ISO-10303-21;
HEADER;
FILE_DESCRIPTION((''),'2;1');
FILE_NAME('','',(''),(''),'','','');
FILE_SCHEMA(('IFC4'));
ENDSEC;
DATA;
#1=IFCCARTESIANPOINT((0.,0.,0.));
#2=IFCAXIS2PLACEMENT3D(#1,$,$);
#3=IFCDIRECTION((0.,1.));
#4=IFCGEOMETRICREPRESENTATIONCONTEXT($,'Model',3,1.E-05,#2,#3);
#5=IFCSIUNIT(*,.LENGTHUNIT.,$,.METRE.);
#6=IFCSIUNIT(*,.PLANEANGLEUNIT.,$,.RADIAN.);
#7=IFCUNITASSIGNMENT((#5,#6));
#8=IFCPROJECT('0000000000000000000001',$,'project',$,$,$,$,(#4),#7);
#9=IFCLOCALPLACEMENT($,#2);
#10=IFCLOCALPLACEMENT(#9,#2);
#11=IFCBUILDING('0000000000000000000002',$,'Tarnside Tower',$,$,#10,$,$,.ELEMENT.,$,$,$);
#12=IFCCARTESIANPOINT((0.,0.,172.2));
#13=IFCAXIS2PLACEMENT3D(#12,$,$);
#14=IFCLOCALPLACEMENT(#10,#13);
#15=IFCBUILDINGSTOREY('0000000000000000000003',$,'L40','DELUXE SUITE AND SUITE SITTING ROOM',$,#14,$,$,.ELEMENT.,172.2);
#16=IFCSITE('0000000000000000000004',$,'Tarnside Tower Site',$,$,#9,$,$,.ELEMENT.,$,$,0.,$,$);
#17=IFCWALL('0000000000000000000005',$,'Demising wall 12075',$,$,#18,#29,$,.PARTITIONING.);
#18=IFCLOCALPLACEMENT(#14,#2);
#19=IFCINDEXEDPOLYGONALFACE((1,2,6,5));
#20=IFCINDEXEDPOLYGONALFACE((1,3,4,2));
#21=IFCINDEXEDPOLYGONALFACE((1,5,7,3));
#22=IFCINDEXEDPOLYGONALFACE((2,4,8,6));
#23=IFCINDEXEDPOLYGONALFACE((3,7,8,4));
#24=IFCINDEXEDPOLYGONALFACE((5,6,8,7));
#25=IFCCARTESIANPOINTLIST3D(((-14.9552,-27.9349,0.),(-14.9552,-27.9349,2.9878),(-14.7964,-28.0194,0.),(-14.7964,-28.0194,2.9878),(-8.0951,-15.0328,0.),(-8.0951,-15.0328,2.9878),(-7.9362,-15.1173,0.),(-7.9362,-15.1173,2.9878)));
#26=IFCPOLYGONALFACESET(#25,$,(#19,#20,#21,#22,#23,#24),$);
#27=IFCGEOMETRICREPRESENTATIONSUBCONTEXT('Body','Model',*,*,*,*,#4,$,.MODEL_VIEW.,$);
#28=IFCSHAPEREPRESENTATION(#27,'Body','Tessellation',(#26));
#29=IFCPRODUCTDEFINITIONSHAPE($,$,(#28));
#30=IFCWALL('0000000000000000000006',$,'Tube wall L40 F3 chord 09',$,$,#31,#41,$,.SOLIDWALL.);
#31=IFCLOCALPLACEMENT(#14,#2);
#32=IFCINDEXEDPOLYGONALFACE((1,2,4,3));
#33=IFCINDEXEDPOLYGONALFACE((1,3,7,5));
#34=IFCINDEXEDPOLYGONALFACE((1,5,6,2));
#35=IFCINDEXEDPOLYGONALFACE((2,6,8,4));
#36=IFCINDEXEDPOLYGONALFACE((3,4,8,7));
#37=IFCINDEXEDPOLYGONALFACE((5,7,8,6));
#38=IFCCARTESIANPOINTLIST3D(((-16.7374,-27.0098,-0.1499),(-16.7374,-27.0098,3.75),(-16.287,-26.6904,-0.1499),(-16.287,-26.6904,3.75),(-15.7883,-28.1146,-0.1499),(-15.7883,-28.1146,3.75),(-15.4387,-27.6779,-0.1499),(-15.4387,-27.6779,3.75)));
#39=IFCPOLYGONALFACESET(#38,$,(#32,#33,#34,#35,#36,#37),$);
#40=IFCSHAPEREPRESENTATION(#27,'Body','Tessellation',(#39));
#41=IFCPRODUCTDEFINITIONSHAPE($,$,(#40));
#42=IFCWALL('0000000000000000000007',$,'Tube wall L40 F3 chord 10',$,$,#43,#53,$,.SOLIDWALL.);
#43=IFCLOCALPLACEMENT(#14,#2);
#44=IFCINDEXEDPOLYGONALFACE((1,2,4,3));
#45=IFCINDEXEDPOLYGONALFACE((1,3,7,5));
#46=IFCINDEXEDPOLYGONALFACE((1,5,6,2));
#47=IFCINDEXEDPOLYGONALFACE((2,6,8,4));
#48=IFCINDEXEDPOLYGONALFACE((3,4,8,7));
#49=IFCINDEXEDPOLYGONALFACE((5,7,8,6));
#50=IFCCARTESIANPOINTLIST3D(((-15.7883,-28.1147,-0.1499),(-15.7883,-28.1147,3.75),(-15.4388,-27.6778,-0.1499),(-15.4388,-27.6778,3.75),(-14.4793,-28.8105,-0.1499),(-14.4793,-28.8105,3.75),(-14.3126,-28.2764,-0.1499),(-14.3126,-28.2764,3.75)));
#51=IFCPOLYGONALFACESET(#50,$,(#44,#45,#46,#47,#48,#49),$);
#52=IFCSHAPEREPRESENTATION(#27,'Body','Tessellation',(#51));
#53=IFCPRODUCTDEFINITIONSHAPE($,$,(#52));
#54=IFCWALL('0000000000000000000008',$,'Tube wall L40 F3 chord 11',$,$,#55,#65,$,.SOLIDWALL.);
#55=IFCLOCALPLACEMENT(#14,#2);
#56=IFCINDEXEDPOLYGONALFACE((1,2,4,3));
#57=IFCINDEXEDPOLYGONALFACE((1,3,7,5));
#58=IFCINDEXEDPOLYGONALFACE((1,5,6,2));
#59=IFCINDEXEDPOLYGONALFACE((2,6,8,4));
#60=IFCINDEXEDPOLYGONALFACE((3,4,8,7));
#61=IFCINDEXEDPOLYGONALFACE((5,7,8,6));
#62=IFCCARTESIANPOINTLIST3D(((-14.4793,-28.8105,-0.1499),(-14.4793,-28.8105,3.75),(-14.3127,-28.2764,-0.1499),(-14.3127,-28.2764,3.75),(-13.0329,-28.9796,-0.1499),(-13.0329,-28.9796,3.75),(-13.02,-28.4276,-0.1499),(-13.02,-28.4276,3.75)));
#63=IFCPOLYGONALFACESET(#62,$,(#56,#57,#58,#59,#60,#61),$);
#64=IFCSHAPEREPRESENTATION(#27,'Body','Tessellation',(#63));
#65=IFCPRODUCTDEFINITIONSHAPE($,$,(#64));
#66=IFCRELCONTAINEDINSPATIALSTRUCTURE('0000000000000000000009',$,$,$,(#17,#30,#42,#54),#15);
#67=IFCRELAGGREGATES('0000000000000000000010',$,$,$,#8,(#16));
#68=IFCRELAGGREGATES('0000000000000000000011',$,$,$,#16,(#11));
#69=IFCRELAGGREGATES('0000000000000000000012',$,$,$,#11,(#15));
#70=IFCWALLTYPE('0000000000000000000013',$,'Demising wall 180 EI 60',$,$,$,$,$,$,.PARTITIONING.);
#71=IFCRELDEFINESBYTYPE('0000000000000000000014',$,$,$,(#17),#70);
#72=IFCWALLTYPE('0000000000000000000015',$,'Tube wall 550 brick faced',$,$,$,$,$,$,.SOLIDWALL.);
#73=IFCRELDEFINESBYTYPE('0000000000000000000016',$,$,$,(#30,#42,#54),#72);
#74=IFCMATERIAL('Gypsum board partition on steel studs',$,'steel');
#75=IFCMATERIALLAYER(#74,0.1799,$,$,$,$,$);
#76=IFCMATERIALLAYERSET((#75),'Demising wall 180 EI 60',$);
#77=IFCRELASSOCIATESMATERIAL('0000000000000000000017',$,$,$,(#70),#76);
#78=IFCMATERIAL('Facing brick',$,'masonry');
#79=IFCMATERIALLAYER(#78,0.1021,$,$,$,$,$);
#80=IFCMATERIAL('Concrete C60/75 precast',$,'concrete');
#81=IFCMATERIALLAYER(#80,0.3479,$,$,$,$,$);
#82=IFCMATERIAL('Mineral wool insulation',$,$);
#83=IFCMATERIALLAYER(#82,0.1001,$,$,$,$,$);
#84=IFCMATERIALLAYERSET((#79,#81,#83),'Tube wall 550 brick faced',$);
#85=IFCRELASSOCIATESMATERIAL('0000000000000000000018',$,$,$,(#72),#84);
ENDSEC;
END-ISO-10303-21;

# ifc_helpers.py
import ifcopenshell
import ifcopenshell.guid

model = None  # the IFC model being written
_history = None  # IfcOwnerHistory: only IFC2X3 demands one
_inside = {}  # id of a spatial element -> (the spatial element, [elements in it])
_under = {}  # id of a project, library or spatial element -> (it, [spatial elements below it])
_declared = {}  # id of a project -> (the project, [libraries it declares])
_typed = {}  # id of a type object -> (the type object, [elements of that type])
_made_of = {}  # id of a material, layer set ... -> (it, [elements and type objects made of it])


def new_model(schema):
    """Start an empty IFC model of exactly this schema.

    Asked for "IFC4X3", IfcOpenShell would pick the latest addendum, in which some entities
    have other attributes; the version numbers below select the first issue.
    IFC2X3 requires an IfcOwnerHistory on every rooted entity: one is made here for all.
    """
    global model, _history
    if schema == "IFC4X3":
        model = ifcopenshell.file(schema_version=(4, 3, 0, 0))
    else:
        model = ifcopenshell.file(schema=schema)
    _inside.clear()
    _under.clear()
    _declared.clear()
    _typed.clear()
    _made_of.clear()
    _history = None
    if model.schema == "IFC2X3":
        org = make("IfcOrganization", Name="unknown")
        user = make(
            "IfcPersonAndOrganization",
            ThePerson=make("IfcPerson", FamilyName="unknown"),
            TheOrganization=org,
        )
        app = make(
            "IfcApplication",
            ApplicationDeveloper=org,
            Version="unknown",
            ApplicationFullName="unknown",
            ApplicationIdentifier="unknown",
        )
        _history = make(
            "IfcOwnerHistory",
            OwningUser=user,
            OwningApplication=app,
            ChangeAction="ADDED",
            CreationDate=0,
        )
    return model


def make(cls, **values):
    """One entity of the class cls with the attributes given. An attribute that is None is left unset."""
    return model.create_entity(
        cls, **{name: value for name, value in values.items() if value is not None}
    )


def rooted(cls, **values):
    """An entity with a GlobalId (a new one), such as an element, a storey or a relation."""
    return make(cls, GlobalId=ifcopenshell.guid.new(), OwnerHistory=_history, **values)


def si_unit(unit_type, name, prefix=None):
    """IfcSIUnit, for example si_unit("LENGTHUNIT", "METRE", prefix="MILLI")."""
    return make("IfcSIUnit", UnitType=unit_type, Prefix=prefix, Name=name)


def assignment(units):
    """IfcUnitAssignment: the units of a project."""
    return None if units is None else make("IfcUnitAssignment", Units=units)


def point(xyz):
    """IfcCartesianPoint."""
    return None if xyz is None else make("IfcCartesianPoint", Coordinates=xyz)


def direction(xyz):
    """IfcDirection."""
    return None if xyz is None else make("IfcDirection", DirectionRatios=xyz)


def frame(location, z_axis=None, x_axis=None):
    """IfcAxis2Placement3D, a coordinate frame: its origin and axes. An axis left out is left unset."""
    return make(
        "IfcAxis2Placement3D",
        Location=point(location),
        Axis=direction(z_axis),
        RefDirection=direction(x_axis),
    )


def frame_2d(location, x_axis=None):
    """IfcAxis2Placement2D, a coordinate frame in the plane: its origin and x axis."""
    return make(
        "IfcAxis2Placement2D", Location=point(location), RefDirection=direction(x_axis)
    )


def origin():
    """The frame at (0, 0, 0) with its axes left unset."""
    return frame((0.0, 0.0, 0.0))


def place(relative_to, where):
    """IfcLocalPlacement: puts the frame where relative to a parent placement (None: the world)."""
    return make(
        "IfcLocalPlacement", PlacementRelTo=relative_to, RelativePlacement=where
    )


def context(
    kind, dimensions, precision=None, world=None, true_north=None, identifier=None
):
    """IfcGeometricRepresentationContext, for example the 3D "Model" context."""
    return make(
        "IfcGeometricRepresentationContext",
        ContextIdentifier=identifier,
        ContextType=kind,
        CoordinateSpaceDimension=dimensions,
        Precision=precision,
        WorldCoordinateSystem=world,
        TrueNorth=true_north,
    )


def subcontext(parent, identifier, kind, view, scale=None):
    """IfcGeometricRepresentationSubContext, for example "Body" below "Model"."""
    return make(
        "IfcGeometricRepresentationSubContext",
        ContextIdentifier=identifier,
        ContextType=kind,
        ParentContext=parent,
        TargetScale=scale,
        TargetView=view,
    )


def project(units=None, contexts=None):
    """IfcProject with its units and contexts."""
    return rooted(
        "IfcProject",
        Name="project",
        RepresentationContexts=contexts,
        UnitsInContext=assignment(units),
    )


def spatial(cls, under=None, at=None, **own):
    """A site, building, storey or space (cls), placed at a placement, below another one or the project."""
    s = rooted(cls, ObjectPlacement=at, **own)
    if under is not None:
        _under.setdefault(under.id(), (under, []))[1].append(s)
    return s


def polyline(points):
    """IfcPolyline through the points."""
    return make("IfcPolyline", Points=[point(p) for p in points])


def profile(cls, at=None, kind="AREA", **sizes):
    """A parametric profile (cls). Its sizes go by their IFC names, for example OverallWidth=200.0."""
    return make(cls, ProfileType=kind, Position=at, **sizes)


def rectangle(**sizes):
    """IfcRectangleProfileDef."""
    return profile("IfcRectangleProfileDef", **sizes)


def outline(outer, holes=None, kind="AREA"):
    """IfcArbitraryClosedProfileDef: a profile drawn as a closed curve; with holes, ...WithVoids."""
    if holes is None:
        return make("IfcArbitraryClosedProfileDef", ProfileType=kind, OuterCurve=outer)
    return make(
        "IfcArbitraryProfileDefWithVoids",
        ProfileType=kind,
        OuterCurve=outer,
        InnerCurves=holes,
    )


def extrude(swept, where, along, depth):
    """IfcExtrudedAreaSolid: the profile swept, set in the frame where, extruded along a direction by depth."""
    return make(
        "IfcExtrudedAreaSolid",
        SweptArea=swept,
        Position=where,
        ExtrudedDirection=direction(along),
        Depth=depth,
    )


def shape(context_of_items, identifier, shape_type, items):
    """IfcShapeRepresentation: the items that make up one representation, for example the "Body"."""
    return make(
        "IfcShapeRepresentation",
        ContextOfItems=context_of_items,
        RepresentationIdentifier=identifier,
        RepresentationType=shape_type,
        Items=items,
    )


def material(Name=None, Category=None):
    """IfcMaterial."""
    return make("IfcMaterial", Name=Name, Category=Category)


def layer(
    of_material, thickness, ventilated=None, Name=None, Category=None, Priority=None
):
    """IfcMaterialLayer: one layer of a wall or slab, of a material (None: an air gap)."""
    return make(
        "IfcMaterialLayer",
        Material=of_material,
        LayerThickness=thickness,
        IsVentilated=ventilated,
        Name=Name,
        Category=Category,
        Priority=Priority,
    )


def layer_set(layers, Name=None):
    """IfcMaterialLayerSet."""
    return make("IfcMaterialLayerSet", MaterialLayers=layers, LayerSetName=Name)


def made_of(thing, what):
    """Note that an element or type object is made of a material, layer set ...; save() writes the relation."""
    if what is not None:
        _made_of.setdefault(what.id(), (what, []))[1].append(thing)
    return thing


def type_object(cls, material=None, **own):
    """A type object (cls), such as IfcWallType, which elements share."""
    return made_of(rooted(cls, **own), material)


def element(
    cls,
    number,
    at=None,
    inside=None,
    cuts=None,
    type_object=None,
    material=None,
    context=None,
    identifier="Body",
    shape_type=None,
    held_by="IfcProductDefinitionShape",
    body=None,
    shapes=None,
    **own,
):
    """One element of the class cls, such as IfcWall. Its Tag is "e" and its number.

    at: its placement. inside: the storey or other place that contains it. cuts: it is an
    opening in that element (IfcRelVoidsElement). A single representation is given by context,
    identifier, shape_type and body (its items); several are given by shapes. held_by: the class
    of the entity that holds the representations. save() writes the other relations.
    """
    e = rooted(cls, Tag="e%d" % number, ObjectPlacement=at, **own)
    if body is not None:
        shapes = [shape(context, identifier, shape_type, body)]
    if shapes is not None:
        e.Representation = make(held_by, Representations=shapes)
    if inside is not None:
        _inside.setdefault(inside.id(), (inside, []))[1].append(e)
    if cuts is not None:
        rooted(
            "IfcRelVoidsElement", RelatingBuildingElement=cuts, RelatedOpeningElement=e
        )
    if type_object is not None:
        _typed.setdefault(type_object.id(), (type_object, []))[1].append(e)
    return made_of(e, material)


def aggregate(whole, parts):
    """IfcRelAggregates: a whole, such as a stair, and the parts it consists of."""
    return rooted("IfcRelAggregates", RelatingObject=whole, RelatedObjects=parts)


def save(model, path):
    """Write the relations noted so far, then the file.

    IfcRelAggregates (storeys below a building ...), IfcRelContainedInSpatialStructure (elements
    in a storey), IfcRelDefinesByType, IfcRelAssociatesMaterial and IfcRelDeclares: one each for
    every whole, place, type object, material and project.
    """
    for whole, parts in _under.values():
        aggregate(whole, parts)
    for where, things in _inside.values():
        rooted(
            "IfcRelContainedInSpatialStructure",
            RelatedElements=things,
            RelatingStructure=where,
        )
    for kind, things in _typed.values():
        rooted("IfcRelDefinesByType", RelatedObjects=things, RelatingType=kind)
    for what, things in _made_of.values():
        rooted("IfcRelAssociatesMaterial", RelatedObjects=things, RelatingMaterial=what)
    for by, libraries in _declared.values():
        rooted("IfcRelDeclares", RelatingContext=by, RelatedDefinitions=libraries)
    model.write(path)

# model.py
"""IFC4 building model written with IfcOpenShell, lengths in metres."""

from ifc_helpers import new_model, si_unit, direction, frame, frame_2d, origin, place, context, subcontext, project, spatial, polyline, rectangle, outline, extrude, material, layer, layer_set, type_object, element, save


model = new_model("IFC4")

# Units and contexts
model_context = context("Model", 3, precision=1e-05, world=origin(), true_north=direction((0.0, 1.0)))
body_context = subcontext(model_context, "Body", "Model", "MODEL_VIEW")
ifc_project = project(units=[si_unit("LENGTHUNIT", "METRE"), si_unit("PLANEANGLEUNIT", "RADIAN")], contexts=[model_context])

# Site, building, storey
site_placement = place(None, origin())
site = spatial("IfcSite", under=ifc_project, at=site_placement, Name="Tarnside Tower Site", CompositionType="ELEMENT", RefElevation=0.0)
building_placement = place(site_placement, origin())
building = spatial("IfcBuilding", under=site, at=building_placement, Name="Tarnside Tower", CompositionType="ELEMENT")
storey_placement = place(building_placement, frame((0.0, 0.0, 172.2)))
storey = spatial("IfcBuildingStorey", under=building, at=storey_placement, Name="L40", Description="DELUXE SUITE AND SUITE SITTING ROOM", CompositionType="ELEMENT", Elevation=172.2)

# Walls
ifc_material_1 = material(Name="Gypsum board partition on steel studs", Category="steel")
ifc_layer_1 = layer(ifc_material_1, 0.1799)
ifc_layer_set_1 = layer_set([ifc_layer_1], Name="Demising wall 180 EI 60")
wall_type_1 = type_object("IfcWallType", Name="Demising wall 180 EI 60", PredefinedType="PARTITIONING", material=ifc_layer_set_1)
wall_1_placement = place(storey_placement, frame((-14.8757, -27.9771, 0.0), z_axis=(0.0, 0.0, 1.0), x_axis=(0.469468, 0.882949, 0.0)))
element("IfcWall", 1, at=wall_1_placement, inside=storey, type_object=wall_type_1, Name="Demising wall 12075", PredefinedType="PARTITIONING", context=body_context, shape_type="SweptSolid", body=[
    extrude(rectangle(XDim=14.6125, YDim=0.1799, at=frame_2d((7.3062, 0.0))), origin(), (0.0, 0.0, 1.0), 2.9878),
])
ifc_material_2 = material(Name="Facing brick", Category="masonry")
ifc_layer_2 = layer(ifc_material_2, 0.1021)
ifc_material_3 = material(Name="Concrete C60/75 precast", Category="concrete")
ifc_layer_3 = layer(ifc_material_3, 0.3479)
ifc_material_4 = material(Name="Mineral wool insulation")
ifc_layer_4 = layer(ifc_material_4, 0.1001)
ifc_layer_set_2 = layer_set([ifc_layer_2, ifc_layer_3, ifc_layer_4], Name="Tube wall 550 brick faced")
wall_type_2 = type_object("IfcWallType", Name="Tube wall 550 brick faced", PredefinedType="SOLIDWALL", material=ifc_layer_set_2)
wall_2_placement = place(storey_placement, frame((-16.5122, -26.8501, -0.1499), z_axis=(0.0, 0.0, 1.0), x_axis=(0.651622, -0.758544, 0.0)))
element("IfcWall", 2, at=wall_2_placement, inside=storey, type_object=wall_type_2, Name="Tube wall L40 F3 chord 09", PredefinedType="SOLIDWALL", context=body_context, shape_type="SweptSolid", body=[
    extrude(outline(polyline([(-0.0256, -0.2749), (1.4309, -0.2749), (1.3274, 0.2749), (0.0256, 0.2749), (-0.0256, -0.2749)])), origin(), (0.0, 0.0, 1.0), 3.8999),
])
wall_3_placement = place(storey_placement, frame((-15.6135, -27.8962, -0.1499), z_axis=(0.0, 0.0, 1.0), x_axis=(0.882994, -0.469384, 0.0)))
element("IfcWall", 3, at=wall_3_placement, inside=storey, type_object=wall_type_2, Name="Tube wall L40 F3 chord 10", PredefinedType="SOLIDWALL", context=body_context, shape_type="SweptSolid", body=[
    extrude(outline(polyline([(-0.0518, -0.2749), (1.4307, -0.2749), (1.3271, 0.2749), (0.0518, 0.2749), (-0.0518, -0.2749)])), origin(), (0.0, 0.0, 1.0), 3.8999),
])
wall_4_placement = place(storey_placement, frame((-14.396, -28.5435, -0.1499), z_axis=(0.0, 0.0, 1.0), x_axis=(0.993233, -0.116143, 0.0)))
element("IfcWall", 4, at=wall_4_placement, inside=storey, type_object=wall_type_2, Name="Tube wall L40 F3 chord 11", PredefinedType="SOLIDWALL", context=body_context, shape_type="SweptSolid", body=[
    extrude(outline(polyline([(-0.0518, -0.2749), (1.4045, -0.2749), (1.3533, 0.2749), (0.0518, 0.2749), (-0.0518, -0.2749)])), origin(), (0.0, 0.0, 1.0), 3.8999),
])

save(model, "model.ifc")
